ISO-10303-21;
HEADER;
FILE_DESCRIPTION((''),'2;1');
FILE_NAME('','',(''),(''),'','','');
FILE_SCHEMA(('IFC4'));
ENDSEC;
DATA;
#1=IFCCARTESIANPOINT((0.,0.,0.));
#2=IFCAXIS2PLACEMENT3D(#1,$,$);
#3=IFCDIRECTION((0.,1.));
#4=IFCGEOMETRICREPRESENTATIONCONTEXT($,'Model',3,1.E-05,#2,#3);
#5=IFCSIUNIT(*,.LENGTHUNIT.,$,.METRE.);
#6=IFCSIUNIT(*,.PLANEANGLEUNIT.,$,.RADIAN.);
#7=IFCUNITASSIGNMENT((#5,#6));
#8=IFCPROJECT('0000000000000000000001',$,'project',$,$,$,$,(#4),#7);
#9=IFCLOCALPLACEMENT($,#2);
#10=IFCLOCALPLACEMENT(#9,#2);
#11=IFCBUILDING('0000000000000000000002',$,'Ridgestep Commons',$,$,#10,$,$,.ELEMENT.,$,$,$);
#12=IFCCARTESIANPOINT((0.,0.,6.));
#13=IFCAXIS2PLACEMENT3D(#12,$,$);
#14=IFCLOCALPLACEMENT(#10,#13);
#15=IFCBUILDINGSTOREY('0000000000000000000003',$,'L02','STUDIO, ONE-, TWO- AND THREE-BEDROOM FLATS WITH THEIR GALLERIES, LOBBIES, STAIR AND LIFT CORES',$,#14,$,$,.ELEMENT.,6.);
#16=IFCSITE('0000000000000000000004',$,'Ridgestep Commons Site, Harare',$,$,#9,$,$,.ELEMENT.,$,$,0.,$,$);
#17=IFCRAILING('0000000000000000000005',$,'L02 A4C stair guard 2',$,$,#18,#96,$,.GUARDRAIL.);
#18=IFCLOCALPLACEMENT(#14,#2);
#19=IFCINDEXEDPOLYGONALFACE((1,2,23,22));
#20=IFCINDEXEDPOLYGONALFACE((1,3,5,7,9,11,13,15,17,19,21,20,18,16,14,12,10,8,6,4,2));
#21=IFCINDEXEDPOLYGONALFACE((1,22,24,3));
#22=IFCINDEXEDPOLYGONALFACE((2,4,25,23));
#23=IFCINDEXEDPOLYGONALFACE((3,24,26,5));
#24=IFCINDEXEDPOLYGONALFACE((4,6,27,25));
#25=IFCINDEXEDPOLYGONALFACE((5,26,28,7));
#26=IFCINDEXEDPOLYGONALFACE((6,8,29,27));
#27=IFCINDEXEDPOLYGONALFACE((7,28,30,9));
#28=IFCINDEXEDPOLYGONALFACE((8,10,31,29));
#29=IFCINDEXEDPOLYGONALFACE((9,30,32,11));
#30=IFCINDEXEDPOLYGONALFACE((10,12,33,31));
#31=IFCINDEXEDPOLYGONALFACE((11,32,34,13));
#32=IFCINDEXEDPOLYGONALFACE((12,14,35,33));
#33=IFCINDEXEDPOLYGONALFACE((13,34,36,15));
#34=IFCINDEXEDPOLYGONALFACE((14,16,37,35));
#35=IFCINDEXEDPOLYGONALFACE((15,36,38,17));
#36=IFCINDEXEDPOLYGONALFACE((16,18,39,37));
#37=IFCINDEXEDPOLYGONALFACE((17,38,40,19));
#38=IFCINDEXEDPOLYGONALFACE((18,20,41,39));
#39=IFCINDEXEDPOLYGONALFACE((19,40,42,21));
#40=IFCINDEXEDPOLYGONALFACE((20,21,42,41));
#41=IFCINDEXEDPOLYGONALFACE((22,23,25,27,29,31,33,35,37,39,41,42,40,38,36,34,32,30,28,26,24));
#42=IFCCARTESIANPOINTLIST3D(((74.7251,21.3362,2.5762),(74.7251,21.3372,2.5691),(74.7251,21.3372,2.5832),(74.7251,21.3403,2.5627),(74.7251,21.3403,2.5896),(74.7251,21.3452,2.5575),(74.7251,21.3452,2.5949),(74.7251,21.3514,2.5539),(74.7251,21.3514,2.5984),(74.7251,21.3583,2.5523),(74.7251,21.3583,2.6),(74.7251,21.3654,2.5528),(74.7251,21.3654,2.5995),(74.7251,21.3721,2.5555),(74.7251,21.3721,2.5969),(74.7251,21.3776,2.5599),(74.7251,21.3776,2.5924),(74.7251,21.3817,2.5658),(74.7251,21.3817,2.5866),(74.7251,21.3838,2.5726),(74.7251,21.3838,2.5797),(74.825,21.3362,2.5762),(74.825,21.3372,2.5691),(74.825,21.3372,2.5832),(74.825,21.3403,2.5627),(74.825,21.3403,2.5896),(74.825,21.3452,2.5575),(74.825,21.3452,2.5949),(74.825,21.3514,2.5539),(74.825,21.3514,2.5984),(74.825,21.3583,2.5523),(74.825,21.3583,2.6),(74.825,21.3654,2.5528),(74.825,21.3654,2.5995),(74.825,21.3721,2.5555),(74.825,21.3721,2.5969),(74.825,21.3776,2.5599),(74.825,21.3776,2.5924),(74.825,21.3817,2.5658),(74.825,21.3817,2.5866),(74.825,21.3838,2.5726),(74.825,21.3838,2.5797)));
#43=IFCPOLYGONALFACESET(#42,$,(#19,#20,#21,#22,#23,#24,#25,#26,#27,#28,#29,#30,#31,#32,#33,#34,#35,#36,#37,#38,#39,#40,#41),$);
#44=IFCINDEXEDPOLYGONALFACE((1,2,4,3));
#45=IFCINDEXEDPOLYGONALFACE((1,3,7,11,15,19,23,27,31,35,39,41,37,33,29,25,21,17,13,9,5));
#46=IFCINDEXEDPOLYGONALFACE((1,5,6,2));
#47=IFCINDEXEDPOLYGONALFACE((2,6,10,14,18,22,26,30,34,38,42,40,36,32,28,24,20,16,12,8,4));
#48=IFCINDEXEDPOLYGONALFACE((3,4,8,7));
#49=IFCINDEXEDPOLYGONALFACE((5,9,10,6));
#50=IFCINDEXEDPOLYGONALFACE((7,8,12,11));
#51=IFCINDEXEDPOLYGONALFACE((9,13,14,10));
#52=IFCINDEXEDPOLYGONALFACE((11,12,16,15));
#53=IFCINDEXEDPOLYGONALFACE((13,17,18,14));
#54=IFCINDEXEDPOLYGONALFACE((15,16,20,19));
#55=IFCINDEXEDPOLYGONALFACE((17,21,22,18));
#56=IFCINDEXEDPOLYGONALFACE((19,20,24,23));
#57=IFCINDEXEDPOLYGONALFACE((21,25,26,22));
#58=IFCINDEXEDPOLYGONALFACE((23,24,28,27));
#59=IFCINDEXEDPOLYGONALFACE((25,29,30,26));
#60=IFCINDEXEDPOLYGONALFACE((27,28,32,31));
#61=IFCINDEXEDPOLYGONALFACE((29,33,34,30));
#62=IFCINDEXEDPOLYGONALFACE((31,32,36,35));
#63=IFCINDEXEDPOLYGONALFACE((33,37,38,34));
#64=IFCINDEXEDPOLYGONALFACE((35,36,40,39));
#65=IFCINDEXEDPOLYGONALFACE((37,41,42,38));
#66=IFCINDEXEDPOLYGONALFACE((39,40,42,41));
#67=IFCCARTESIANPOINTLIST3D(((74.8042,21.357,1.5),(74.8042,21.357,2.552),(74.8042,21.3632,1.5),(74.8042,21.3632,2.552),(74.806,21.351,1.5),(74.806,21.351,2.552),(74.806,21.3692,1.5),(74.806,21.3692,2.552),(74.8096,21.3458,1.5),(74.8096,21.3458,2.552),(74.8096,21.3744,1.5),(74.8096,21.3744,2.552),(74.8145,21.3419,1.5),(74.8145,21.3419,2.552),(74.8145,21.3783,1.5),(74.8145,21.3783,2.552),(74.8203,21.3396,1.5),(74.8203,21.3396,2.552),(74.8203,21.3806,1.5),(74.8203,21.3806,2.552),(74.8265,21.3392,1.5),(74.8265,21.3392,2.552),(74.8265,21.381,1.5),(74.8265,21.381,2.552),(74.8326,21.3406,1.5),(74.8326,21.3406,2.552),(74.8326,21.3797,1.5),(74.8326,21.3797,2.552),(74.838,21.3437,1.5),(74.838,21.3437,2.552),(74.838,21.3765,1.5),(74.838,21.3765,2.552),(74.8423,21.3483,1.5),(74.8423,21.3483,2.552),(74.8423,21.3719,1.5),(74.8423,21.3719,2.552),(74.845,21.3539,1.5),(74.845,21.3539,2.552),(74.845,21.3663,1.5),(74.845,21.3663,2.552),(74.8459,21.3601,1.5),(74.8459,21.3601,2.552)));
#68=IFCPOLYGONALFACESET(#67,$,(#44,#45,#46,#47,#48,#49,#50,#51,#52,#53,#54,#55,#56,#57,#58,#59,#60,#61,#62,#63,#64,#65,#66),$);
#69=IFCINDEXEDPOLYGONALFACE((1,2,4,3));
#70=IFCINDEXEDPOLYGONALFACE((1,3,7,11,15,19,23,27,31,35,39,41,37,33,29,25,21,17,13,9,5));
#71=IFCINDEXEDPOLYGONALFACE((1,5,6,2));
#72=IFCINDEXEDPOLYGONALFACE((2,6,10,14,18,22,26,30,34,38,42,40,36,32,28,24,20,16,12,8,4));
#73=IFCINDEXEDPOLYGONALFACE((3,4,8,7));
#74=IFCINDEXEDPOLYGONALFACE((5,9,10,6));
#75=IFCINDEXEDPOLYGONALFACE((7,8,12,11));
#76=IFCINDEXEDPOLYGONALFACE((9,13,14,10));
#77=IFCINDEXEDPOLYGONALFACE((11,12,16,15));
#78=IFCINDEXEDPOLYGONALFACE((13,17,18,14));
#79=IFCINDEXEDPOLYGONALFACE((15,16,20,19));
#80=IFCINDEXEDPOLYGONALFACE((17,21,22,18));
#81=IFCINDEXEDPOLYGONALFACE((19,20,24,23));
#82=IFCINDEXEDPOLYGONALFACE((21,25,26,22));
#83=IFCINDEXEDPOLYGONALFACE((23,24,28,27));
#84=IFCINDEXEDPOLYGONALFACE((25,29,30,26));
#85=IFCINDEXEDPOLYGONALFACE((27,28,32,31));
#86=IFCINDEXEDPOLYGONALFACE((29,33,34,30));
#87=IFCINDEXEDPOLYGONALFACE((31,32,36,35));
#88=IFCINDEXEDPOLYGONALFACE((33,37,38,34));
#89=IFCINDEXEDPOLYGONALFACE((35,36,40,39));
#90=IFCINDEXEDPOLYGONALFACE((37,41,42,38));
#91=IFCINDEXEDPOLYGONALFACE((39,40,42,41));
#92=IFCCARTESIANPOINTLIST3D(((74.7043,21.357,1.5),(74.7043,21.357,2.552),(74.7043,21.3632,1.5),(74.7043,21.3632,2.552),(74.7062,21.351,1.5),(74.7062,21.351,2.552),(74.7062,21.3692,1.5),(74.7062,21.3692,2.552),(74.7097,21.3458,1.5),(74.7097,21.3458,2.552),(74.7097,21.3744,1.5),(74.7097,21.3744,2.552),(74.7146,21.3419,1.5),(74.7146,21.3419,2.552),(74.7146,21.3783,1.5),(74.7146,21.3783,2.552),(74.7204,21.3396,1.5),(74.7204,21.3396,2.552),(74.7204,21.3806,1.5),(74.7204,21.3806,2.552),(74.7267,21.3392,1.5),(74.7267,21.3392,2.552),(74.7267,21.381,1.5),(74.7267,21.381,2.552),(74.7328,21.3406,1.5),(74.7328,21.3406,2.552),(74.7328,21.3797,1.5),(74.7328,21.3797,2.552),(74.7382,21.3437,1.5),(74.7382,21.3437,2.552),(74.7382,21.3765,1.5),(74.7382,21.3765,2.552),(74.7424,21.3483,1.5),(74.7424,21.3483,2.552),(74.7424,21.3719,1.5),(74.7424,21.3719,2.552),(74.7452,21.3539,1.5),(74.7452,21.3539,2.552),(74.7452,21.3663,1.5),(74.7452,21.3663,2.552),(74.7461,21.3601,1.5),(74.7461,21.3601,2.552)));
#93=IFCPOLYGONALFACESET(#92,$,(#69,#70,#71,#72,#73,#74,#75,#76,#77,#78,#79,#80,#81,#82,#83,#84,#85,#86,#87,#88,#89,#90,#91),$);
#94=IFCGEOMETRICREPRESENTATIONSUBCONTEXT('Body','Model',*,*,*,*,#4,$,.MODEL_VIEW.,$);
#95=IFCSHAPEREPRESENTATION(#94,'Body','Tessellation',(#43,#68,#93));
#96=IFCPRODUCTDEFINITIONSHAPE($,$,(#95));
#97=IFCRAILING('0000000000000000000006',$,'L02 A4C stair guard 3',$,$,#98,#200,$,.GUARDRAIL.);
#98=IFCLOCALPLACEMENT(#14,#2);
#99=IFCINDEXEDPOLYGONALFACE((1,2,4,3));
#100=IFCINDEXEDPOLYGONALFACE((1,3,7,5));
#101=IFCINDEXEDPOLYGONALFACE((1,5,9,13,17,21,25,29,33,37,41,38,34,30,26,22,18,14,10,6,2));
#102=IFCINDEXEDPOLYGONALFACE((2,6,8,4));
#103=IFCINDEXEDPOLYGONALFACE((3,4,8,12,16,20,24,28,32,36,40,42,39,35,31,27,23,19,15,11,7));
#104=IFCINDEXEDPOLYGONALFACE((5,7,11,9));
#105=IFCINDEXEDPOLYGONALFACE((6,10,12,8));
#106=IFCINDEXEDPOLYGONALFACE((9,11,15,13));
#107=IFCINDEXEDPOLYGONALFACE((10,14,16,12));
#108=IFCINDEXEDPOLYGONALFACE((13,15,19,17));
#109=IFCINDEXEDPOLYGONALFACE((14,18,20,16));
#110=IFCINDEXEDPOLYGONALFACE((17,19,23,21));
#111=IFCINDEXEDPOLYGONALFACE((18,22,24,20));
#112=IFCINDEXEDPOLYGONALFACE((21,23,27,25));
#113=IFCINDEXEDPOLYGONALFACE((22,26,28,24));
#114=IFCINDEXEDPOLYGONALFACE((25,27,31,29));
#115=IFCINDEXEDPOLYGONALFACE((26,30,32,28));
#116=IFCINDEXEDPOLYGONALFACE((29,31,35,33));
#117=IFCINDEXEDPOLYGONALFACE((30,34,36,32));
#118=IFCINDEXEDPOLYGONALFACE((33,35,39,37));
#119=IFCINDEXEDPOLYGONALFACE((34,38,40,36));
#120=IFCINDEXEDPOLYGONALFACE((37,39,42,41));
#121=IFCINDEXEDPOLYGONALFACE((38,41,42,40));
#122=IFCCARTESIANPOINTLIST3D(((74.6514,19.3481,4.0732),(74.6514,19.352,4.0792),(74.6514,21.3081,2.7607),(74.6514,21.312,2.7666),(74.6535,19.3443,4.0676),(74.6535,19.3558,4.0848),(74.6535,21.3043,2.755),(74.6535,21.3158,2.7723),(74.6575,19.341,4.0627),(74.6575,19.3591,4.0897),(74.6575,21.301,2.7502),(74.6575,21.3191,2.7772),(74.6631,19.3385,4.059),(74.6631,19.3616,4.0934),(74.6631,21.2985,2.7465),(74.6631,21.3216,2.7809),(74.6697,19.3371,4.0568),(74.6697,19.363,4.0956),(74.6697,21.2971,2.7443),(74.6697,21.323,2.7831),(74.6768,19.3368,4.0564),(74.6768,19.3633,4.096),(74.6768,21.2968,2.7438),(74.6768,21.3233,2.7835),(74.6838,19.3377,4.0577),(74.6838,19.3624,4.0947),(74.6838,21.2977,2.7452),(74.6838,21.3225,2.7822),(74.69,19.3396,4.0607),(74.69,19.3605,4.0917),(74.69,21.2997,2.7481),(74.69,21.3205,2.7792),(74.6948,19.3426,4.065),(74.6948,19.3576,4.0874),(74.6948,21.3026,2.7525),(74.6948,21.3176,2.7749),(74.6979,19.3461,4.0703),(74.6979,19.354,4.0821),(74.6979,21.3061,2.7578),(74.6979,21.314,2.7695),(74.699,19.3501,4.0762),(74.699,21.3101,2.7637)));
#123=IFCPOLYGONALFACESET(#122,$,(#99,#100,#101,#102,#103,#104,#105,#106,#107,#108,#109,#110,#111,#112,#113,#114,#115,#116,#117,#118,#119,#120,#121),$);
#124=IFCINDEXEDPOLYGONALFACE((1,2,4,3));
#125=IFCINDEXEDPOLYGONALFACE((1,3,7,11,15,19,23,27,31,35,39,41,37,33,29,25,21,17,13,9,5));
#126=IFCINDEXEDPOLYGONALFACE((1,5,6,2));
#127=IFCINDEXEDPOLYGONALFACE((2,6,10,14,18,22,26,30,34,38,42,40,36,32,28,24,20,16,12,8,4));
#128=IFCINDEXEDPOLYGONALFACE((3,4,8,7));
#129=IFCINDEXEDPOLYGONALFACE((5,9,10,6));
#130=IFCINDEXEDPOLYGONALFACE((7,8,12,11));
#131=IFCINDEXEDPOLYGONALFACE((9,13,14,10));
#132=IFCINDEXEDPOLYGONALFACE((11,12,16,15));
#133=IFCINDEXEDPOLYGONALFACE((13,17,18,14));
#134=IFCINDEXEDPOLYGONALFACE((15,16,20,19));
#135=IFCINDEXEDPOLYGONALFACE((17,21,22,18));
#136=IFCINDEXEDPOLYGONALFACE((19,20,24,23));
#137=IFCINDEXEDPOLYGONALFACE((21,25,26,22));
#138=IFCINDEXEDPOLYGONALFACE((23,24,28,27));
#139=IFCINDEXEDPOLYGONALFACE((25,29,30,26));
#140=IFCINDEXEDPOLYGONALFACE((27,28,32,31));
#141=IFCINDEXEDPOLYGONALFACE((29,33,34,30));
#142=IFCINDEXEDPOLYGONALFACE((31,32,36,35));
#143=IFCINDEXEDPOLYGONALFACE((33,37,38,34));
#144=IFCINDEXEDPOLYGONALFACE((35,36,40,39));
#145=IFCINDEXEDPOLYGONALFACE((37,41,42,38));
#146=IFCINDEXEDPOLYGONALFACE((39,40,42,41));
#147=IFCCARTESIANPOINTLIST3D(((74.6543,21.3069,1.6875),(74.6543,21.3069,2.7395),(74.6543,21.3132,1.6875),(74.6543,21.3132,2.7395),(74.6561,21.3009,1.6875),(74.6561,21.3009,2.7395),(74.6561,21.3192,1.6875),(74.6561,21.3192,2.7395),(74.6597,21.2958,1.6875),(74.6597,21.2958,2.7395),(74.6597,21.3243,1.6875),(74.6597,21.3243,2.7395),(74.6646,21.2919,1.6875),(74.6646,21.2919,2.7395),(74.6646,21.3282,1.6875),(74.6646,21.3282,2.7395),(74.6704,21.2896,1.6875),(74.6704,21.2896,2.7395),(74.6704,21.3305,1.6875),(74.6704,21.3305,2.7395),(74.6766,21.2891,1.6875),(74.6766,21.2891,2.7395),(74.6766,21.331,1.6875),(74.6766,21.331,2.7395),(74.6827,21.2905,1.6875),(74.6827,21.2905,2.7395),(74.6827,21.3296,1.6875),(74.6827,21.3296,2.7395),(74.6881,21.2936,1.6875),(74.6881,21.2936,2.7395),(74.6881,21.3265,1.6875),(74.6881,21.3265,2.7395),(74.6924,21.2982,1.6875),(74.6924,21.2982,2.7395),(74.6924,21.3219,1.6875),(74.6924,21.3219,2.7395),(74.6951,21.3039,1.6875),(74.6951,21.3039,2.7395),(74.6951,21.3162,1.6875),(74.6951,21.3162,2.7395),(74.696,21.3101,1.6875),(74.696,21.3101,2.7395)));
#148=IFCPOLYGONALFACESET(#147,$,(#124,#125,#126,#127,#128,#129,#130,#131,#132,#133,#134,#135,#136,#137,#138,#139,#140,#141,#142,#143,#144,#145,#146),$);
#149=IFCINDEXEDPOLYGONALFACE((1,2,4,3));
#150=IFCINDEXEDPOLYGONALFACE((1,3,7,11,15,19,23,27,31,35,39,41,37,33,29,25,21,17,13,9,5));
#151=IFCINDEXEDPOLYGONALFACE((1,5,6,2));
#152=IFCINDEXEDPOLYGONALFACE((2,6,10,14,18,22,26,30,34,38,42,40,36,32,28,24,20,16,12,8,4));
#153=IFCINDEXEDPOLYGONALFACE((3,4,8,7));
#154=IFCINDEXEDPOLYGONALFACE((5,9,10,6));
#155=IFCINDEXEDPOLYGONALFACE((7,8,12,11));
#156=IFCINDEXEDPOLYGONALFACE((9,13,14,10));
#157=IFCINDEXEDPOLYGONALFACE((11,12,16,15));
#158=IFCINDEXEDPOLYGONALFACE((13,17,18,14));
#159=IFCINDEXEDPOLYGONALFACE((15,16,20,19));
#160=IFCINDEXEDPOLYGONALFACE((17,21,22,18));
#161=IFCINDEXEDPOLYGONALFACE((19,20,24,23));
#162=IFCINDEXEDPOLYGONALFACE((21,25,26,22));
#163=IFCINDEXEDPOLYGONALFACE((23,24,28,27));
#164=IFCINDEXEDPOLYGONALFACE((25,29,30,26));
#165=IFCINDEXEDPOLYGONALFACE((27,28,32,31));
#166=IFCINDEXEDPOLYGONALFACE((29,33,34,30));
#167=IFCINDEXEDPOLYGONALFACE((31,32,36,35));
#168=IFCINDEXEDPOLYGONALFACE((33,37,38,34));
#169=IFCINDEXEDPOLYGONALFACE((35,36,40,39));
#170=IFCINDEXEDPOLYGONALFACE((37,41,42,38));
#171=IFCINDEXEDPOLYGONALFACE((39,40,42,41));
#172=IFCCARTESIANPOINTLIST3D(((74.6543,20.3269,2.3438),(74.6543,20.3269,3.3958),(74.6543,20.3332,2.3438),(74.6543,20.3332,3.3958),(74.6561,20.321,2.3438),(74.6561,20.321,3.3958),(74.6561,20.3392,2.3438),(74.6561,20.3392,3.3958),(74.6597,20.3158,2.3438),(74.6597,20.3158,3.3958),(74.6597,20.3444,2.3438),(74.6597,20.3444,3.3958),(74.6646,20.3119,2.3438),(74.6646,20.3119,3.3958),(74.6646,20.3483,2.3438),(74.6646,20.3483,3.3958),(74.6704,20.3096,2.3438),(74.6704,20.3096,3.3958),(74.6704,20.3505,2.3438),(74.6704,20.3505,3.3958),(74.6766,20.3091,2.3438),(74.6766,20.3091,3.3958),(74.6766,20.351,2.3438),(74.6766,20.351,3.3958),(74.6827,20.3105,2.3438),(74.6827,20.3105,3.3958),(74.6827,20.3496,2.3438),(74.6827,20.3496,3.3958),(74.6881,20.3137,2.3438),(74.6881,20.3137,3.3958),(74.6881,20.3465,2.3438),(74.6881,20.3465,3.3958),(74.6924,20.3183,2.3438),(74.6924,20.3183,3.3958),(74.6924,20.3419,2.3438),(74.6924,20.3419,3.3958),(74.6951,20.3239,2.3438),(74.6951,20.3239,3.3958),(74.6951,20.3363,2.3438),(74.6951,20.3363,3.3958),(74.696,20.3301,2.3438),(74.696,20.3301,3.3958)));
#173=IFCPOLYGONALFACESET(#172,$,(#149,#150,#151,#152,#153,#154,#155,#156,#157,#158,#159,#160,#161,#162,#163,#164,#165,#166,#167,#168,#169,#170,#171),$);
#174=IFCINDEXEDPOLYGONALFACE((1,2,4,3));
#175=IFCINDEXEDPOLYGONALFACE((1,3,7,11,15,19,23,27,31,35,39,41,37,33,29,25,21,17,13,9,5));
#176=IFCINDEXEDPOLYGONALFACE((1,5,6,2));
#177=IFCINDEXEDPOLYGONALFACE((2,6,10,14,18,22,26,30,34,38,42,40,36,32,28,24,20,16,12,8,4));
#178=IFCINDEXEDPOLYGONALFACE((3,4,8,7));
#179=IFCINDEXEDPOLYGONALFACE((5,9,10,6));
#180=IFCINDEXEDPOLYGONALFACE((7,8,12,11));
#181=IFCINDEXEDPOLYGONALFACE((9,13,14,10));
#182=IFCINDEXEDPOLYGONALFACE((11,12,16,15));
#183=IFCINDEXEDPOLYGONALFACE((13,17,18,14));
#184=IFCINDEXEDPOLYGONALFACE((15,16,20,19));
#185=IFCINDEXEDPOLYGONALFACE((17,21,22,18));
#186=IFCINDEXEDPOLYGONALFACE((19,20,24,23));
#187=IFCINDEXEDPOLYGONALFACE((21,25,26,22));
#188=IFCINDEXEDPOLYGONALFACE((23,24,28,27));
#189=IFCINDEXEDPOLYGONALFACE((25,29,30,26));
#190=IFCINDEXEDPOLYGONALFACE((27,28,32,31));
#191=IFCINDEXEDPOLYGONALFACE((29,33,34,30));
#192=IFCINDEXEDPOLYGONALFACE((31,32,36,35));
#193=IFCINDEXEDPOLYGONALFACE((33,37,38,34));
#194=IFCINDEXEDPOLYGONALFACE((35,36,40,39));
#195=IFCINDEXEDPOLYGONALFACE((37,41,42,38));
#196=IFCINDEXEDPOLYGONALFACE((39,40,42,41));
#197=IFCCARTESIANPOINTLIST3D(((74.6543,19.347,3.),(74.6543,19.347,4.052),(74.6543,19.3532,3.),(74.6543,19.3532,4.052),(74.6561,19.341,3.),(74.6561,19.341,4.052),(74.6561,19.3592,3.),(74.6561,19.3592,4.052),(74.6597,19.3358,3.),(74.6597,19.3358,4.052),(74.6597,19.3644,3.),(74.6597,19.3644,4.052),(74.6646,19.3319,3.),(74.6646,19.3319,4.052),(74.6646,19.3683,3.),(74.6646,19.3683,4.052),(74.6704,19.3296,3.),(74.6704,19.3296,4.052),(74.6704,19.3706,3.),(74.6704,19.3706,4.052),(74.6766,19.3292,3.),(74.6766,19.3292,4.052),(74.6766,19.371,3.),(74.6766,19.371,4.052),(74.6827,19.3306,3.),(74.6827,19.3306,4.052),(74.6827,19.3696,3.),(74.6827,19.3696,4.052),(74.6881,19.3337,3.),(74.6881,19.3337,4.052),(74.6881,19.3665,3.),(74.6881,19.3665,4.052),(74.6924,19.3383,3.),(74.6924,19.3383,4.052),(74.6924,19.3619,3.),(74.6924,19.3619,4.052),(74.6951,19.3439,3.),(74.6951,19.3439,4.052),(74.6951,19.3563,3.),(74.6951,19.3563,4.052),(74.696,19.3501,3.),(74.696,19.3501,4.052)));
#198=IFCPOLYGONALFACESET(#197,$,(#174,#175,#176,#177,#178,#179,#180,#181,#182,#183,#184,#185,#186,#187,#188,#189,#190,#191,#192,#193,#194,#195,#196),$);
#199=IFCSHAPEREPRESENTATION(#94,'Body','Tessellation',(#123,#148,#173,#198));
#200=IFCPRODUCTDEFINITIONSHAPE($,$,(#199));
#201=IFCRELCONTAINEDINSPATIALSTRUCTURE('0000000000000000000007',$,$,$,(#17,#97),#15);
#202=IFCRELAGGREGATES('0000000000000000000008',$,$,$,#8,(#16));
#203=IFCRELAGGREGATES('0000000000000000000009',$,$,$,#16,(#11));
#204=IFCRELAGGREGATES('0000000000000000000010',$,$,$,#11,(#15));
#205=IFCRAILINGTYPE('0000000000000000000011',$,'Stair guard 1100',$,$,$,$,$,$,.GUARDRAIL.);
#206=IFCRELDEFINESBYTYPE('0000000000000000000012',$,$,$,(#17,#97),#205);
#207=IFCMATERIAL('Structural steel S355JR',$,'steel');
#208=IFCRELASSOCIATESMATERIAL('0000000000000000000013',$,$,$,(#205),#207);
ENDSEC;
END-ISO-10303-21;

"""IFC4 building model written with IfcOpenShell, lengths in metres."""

from ifc_helpers import new_model, si_unit, direction, frame, origin, origin_2d, place, context, subcontext, project, spatial, circle, extrude, material, type_object, element, save


model = new_model("IFC4")

# Units and contexts
model_context = context("Model", 3, precision=1e-05, world=origin(), true_north=direction((0.0, 1.0)))
body_context = subcontext(model_context, "Body", "Model", "MODEL_VIEW")
ifc_project = project(units=[si_unit("LENGTHUNIT", "METRE"), si_unit("PLANEANGLEUNIT", "RADIAN")], contexts=[model_context])

# Site, building, storey
site_placement = place(None, origin())
site = spatial("IfcSite", under=ifc_project, at=site_placement, Name="Ridgestep Commons Site, Harare", CompositionType="ELEMENT", RefElevation=0.0)
building_placement = place(site_placement, origin())
building = spatial("IfcBuilding", under=site, at=building_placement, Name="Ridgestep Commons", CompositionType="ELEMENT")
storey_placement = place(building_placement, frame((0.0, 0.0, 6.0)))
storey = spatial("IfcBuildingStorey", under=building, at=storey_placement, Name="L02", Description="STUDIO, ONE-, TWO- AND THREE-BEDROOM FLATS WITH THEIR GALLERIES, LOBBIES, STAIR AND LIFT CORES", CompositionType="ELEMENT", Elevation=6.0)

# Railings
ifc_material_1 = material(Name="Structural steel S355JR", Category="steel")
railing_type_1 = type_object("IfcRailingType", Name="Stair guard 1100", PredefinedType="GUARDRAIL", material=ifc_material_1)
railing_1_placement = place(storey_placement, frame((74.825, 21.3601, 1.5)))
element("IfcRailing", 1, at=railing_1_placement, inside=storey, type_object=railing_type_1, Name="L02 A4C stair guard 2", PredefinedType="GUARDRAIL", context=body_context, shape_type="SweptSolid", body=[
    extrude(circle(Radius=0.0239, at=origin_2d()), frame((0.0, 0.0, 1.0762), z_axis=(-1.0, 0.0, 0.0), x_axis=(0.0, -1.0, 0.0)), (0.0, 0.0, 1.0), 0.0999),
    extrude(circle(Radius=0.021, at=origin_2d()), origin(), (0.0, 0.0, 1.0), 1.052),
    extrude(circle(Radius=0.021, at=origin_2d()), frame((-0.0999, 0.0, 0.0)), (0.0, 0.0, 1.0), 1.052),
])
railing_2_placement = place(storey_placement, frame((74.675, 21.3101, 1.6875)))
element("IfcRailing", 2, at=railing_2_placement, inside=storey, type_object=railing_type_1, Name="L02 A4C stair guard 3", PredefinedType="GUARDRAIL", context=body_context, shape_type="SweptSolid", body=[
    extrude(circle(Radius=0.0239, at=origin_2d()), frame((0.0, 0.0, 1.0762), z_axis=(0.0, -0.830902, 0.556419), x_axis=(1.0, 0.0, 0.0)), (0.0, 0.0, 1.0), 2.3589),
    extrude(circle(Radius=0.021, at=origin_2d()), origin(), (0.0, 0.0, 1.0), 1.052),
    extrude(circle(Radius=0.021, at=origin_2d()), frame((0.0, -0.98, 0.6562)), (0.0, 0.0, 1.0), 1.052),
    extrude(circle(Radius=0.021, at=origin_2d()), frame((0.0, -1.96, 1.3125)), (0.0, 0.0, 1.0), 1.052),
])

save(model, "model.ifc")
